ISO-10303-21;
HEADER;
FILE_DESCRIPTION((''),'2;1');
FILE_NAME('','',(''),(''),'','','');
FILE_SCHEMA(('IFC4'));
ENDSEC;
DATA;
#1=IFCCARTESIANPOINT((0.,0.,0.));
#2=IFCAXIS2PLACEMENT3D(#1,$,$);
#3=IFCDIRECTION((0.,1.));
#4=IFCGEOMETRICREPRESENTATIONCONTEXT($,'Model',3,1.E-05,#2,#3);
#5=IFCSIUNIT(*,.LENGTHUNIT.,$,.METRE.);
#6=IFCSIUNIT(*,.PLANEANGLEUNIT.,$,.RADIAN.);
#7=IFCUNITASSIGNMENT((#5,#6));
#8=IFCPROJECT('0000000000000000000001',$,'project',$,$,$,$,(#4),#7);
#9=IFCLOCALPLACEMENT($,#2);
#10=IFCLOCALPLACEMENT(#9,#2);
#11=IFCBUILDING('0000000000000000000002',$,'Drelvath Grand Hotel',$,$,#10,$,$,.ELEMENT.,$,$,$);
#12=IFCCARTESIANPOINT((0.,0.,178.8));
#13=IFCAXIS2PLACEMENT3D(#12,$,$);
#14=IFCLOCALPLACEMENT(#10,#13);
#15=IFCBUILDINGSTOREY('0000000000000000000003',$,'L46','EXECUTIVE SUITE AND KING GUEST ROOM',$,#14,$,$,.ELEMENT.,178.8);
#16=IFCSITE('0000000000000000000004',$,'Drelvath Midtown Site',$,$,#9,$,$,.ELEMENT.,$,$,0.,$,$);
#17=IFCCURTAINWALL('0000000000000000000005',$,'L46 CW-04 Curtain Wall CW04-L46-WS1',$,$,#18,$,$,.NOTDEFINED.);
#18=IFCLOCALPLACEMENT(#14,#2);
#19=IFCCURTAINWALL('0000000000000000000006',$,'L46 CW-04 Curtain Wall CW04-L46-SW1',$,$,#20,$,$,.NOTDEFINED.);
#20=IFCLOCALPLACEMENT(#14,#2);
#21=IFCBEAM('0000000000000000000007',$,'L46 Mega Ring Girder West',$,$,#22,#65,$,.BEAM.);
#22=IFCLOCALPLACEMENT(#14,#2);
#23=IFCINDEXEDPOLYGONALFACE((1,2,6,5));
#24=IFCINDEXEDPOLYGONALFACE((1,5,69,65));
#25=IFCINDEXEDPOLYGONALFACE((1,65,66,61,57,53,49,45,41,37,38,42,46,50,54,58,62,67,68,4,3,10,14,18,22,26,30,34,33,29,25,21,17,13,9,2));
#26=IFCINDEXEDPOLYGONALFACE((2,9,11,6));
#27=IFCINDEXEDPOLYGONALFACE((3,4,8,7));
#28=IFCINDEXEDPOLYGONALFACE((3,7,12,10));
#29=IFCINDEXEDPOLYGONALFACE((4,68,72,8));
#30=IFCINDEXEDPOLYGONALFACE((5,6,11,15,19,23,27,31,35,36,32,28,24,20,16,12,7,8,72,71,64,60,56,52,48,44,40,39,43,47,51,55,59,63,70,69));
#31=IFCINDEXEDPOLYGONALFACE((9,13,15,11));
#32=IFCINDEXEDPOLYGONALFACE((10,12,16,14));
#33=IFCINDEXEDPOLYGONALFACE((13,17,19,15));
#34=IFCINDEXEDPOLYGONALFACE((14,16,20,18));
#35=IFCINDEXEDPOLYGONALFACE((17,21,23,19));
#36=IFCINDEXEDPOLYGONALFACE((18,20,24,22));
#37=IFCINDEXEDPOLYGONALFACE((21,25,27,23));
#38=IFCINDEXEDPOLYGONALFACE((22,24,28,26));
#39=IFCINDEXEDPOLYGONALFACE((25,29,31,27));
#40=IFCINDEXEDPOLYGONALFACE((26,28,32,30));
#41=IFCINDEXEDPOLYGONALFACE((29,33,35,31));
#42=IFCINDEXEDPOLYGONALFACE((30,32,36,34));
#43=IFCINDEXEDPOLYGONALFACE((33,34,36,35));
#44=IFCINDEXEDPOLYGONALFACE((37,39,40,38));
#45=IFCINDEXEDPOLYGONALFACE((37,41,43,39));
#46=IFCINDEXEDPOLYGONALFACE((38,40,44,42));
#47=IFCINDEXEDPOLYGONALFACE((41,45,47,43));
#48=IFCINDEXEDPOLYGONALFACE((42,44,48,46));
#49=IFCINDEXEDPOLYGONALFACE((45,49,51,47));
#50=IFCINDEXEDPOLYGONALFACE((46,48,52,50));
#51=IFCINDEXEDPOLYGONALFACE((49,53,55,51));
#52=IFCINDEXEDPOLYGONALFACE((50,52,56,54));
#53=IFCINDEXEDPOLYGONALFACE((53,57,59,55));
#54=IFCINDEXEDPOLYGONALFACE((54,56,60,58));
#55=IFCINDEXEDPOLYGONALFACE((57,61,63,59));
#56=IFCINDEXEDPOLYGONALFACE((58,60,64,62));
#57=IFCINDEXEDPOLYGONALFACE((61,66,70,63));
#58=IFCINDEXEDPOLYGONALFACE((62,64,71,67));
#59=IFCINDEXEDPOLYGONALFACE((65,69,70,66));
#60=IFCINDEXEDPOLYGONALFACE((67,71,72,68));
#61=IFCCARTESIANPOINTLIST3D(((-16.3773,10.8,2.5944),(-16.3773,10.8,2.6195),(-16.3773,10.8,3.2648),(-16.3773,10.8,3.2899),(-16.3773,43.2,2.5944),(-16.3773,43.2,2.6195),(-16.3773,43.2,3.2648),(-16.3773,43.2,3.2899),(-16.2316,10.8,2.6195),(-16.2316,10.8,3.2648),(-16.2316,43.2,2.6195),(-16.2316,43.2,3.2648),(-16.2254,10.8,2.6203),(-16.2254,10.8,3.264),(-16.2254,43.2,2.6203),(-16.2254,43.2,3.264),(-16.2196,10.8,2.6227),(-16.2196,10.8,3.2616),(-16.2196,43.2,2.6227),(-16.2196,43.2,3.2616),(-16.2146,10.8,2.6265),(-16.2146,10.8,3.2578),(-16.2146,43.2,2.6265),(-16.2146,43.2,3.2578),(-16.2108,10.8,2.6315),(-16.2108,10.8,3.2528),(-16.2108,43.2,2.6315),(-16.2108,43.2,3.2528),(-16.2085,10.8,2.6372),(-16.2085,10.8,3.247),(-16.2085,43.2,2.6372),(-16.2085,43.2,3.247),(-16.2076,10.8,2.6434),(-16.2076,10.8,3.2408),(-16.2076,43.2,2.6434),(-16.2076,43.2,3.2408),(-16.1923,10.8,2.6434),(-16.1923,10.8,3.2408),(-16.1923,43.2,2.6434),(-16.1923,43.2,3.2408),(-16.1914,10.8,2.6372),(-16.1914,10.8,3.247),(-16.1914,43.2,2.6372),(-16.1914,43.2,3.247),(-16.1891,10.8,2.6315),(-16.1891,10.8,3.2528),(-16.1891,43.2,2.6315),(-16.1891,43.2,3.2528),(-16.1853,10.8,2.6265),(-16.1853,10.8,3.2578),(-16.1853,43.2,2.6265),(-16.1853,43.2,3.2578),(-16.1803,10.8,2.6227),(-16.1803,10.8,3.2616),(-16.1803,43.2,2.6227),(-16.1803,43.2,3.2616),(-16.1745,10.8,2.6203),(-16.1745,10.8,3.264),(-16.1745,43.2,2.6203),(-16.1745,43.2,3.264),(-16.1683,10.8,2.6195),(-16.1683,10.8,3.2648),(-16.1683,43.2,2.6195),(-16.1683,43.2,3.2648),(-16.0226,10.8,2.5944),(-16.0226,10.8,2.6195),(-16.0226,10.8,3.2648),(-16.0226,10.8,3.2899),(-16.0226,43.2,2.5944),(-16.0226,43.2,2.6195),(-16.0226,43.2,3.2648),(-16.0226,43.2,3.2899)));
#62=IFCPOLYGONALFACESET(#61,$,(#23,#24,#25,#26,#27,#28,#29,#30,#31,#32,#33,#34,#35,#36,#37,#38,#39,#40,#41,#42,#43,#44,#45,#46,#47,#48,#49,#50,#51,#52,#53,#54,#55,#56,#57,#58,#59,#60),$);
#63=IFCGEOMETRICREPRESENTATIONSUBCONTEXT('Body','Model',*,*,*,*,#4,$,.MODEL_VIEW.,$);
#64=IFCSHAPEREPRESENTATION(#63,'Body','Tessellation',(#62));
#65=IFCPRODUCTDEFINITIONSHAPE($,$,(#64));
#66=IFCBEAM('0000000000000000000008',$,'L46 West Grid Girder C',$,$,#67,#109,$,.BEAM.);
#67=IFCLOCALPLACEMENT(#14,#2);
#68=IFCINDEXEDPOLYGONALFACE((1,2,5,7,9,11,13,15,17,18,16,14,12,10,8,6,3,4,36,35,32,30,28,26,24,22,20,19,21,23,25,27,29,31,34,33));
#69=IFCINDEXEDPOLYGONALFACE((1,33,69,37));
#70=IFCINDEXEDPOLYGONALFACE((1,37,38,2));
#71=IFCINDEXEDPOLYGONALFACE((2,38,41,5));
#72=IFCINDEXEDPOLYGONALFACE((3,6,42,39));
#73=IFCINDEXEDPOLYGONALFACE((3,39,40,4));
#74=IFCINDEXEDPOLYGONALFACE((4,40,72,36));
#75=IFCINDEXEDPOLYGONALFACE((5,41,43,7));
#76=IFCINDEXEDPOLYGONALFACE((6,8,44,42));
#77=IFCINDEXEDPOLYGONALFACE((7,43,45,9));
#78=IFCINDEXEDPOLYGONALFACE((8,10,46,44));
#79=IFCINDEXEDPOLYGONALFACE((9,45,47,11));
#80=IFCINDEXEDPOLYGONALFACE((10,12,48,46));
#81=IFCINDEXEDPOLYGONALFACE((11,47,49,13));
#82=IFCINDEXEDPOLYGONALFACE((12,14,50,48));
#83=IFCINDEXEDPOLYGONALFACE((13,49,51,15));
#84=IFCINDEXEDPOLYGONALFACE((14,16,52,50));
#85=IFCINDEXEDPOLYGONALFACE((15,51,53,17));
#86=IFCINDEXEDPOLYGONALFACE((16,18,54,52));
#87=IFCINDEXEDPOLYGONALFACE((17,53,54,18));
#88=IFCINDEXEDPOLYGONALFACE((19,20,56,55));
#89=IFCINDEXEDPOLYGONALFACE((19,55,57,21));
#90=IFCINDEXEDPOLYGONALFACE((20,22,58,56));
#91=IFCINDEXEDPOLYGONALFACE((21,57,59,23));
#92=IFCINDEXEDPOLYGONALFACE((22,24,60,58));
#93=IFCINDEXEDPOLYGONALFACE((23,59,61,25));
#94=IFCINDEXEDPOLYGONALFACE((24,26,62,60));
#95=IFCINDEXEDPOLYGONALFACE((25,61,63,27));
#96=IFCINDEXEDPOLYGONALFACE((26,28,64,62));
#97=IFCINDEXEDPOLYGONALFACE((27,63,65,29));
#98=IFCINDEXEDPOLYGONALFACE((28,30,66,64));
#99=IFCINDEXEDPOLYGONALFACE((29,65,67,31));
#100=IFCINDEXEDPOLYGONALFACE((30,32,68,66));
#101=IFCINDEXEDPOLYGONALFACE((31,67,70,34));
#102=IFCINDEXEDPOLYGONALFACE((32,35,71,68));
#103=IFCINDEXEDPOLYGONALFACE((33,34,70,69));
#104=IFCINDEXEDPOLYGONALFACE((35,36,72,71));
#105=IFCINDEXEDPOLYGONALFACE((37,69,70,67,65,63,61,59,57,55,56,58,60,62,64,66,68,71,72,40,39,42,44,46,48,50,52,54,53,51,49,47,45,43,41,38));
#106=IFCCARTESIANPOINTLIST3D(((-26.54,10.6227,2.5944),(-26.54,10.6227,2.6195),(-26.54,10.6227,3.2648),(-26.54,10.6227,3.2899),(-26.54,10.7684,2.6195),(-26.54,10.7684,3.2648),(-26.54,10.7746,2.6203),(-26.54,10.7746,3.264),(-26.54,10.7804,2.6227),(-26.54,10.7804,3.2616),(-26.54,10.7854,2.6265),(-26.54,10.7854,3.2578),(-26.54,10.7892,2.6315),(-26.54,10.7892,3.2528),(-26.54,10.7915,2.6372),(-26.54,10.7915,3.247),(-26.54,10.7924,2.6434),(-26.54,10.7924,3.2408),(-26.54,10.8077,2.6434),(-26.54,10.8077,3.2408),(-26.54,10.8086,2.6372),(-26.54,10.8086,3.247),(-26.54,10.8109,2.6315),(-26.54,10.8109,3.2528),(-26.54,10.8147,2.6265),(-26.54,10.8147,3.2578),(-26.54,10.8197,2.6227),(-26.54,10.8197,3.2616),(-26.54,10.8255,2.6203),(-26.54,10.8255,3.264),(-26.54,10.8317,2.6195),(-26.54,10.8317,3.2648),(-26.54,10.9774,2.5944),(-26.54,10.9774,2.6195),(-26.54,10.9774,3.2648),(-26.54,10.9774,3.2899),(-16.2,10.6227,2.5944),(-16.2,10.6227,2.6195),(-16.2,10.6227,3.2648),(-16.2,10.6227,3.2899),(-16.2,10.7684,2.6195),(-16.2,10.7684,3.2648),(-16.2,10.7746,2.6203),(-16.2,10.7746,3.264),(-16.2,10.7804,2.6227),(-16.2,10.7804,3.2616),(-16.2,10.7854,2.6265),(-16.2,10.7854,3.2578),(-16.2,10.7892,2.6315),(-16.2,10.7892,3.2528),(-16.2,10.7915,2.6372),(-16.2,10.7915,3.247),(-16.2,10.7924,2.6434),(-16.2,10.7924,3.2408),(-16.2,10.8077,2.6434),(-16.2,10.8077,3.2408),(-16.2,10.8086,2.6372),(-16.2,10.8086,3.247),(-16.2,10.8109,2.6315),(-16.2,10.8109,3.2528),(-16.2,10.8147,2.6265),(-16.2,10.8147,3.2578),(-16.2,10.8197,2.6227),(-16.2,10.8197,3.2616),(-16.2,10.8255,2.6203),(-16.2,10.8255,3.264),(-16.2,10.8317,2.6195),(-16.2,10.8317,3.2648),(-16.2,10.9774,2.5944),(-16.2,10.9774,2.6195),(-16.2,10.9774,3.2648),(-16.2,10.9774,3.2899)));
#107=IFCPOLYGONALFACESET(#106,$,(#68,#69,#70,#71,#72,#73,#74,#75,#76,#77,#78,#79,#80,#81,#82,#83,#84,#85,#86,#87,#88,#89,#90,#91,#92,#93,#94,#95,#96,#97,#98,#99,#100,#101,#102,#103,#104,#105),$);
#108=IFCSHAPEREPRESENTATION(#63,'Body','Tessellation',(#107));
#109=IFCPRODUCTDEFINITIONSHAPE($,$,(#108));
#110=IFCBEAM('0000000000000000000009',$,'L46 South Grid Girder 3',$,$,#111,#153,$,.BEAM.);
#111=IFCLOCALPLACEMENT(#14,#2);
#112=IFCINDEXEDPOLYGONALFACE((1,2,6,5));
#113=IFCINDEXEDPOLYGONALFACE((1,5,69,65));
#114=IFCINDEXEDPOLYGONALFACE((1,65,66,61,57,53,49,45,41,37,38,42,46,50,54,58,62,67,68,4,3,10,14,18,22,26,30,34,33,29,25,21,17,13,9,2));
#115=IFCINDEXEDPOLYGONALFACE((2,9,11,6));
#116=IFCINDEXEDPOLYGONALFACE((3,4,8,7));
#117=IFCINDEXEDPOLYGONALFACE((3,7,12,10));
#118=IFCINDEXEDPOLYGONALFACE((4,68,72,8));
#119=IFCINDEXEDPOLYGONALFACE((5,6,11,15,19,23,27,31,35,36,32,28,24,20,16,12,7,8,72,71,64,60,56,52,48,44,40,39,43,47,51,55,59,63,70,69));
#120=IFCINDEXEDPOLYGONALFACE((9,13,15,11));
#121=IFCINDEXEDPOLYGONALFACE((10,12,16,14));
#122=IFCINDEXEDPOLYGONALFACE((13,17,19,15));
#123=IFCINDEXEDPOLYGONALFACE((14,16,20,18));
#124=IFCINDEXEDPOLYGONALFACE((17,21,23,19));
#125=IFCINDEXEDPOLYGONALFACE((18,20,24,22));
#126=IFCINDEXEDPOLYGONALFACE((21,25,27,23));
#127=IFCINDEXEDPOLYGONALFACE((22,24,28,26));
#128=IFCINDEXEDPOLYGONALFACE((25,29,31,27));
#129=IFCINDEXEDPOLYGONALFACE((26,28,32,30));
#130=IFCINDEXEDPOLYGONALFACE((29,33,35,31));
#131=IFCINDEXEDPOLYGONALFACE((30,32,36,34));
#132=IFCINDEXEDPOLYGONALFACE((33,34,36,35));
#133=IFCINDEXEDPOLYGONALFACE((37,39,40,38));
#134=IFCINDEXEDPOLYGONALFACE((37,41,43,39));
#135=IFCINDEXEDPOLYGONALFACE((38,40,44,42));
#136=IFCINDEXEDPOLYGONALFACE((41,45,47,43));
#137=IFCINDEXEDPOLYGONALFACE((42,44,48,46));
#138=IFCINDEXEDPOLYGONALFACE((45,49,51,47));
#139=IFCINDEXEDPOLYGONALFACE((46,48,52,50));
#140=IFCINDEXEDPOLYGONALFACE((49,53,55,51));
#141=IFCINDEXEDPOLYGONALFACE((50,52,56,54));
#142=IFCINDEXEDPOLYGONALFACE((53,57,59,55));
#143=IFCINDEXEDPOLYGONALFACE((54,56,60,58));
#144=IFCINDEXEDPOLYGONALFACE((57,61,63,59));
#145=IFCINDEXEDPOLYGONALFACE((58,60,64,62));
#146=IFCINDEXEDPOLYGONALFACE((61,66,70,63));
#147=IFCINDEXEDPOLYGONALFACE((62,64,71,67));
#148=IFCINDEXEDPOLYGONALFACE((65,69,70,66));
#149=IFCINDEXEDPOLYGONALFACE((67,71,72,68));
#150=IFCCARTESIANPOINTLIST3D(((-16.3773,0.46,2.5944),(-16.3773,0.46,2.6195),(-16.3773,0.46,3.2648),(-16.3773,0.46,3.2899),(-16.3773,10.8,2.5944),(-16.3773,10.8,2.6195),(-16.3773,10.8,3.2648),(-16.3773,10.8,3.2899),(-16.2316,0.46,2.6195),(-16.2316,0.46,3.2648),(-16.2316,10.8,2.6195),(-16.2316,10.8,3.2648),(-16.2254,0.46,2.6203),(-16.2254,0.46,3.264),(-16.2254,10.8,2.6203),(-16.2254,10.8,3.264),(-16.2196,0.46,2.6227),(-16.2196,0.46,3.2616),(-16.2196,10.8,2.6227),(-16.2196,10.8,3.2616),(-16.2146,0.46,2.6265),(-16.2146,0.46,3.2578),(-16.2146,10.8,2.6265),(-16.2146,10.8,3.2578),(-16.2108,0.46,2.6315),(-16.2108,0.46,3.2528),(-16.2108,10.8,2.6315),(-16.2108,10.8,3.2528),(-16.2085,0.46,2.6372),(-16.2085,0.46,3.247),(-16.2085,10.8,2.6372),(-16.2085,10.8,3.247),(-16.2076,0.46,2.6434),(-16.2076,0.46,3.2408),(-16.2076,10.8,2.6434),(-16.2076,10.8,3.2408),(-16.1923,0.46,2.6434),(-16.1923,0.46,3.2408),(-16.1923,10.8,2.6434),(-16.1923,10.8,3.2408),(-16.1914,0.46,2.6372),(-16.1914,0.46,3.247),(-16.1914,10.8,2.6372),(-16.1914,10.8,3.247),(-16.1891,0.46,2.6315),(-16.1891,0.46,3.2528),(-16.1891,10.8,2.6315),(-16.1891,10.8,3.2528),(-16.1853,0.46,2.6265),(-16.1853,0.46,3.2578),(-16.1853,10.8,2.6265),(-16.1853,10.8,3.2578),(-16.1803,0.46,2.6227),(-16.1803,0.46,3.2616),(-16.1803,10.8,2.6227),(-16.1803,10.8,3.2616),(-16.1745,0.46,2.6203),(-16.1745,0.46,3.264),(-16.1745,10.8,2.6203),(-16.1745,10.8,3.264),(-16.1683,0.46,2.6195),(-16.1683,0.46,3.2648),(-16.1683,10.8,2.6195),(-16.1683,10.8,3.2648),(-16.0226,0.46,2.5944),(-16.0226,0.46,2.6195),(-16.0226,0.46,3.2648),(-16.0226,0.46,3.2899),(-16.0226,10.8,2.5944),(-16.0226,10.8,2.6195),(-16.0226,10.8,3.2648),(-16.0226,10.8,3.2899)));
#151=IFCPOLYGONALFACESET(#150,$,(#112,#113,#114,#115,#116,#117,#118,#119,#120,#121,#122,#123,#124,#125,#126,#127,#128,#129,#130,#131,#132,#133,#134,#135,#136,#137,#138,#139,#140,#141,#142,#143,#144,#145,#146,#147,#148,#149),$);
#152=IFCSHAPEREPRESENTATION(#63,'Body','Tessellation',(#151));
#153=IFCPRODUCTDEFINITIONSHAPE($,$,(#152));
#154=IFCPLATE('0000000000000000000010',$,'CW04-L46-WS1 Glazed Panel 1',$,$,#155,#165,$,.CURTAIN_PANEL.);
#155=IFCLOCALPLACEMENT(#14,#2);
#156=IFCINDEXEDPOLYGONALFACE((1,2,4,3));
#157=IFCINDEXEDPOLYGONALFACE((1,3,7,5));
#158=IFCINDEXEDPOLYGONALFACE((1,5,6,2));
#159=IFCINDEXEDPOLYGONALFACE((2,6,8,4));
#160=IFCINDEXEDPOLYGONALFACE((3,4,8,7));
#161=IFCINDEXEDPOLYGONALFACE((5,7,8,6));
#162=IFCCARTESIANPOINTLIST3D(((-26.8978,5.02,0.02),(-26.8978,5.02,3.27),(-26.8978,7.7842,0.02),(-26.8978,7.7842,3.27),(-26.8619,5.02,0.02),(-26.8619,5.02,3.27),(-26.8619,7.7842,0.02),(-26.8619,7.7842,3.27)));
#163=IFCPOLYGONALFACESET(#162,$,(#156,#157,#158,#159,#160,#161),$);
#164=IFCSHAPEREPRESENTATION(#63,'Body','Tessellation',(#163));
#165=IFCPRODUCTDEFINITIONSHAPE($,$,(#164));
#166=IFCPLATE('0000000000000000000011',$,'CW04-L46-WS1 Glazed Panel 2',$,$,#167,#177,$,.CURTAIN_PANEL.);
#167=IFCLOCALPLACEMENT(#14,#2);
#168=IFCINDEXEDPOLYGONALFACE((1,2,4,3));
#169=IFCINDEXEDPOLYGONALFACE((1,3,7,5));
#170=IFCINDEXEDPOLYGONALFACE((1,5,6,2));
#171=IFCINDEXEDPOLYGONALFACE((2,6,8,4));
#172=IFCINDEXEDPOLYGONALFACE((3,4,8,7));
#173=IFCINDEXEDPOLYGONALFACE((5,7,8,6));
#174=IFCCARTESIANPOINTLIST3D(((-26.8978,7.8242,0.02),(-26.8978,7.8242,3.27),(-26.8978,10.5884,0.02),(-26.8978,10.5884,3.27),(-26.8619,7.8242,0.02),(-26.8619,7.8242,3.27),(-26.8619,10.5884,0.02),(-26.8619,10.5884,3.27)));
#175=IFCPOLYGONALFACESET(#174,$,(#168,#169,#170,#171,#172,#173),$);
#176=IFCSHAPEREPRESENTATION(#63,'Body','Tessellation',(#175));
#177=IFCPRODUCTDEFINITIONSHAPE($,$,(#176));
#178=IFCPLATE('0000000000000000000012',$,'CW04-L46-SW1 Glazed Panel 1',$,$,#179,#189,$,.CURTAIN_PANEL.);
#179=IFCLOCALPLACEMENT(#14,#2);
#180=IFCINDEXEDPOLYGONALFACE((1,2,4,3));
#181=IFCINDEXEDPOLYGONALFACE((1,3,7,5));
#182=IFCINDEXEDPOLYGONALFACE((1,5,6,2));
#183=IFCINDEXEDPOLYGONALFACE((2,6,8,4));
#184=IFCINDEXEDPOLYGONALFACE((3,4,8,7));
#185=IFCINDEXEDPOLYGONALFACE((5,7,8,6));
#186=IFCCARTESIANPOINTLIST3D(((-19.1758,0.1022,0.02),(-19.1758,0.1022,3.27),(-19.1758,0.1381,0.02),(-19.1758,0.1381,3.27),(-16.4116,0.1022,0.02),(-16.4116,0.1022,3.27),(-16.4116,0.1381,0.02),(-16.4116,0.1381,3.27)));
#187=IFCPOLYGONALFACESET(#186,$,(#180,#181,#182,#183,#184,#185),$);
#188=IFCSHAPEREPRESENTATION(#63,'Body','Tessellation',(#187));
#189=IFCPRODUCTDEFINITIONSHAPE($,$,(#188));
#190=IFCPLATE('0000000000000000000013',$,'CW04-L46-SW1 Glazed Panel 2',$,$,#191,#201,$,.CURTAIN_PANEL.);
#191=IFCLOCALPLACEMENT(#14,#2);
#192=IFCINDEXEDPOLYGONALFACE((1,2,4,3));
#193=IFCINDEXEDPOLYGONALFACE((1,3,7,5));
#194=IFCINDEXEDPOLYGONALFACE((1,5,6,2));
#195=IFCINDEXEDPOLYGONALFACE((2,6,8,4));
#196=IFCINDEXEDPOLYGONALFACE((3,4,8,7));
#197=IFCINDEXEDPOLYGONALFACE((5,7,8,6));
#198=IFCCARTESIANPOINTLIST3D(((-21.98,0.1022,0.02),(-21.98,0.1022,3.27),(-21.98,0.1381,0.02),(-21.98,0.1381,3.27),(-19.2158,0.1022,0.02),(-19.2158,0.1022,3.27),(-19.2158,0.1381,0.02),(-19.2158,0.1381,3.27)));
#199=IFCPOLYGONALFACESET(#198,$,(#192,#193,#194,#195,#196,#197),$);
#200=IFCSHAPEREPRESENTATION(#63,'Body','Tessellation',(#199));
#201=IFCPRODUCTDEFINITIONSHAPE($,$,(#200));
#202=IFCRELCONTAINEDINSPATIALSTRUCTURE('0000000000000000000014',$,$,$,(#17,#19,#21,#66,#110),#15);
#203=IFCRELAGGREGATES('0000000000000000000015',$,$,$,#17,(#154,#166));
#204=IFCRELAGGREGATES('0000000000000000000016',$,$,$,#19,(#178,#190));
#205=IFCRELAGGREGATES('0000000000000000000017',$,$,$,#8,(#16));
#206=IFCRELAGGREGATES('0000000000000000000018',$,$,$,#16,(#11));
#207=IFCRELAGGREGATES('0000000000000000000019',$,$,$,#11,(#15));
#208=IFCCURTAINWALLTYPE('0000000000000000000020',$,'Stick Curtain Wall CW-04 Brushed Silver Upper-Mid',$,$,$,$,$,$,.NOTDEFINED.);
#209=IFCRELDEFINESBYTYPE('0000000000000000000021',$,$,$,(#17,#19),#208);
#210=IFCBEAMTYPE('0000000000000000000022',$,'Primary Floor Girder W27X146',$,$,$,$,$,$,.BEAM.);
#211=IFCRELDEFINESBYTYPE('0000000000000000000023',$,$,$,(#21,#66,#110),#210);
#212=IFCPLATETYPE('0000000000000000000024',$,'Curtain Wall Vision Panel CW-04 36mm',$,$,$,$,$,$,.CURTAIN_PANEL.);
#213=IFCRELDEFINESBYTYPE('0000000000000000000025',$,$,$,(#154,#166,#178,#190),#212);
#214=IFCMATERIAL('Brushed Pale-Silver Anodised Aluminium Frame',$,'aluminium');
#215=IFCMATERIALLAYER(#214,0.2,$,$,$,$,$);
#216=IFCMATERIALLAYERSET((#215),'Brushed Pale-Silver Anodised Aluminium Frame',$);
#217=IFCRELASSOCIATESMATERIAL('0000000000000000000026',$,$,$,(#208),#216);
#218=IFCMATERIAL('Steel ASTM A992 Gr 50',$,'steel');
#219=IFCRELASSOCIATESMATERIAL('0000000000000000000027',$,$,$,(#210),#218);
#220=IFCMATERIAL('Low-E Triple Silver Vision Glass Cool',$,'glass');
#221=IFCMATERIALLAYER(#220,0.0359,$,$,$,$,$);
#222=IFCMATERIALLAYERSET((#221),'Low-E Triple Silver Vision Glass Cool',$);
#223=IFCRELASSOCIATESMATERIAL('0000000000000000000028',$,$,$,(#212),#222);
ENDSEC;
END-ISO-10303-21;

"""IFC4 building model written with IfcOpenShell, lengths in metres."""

from ifc_helpers import new_model, si_unit, direction, frame, origin, origin_2d, place, context, subcontext, project, spatial, rectangle, i_section, extrude, material, layer, layer_set, material_profile, profile_set, type_object, element, aggregate, save


model = new_model("IFC4")

# Units and contexts
model_context = context("Model", 3, precision=1e-05, world=origin(), true_north=direction((0.0, 1.0)))
body_context = subcontext(model_context, "Body", "Model", "MODEL_VIEW")
ifc_project = project(units=[si_unit("LENGTHUNIT", "METRE"), si_unit("PLANEANGLEUNIT", "RADIAN")], contexts=[model_context])

# Site, building, storey
site_placement = place(None, origin())
site = spatial("IfcSite", under=ifc_project, at=site_placement, Name="Drelvath Midtown Site", CompositionType="ELEMENT", RefElevation=0.0)
building_placement = place(site_placement, origin())
building = spatial("IfcBuilding", under=site, at=building_placement, Name="Drelvath Grand Hotel", CompositionType="ELEMENT")
storey_placement = place(building_placement, frame((0.0, 0.0, 178.8)))
storey = spatial("IfcBuildingStorey", under=building, at=storey_placement, Name="L46", Description="EXECUTIVE SUITE AND KING GUEST ROOM", CompositionType="ELEMENT", Elevation=178.8)

# Curtain walls
ifc_material_1 = material(Name="Brushed Pale-Silver Anodised Aluminium Frame", Category="aluminium")
ifc_layer_1 = layer(ifc_material_1, 0.2)
ifc_layer_set_1 = layer_set([ifc_layer_1], Name="Brushed Pale-Silver Anodised Aluminium Frame")
curtain_wall_type = type_object("IfcCurtainWallType", Name="Stick Curtain Wall CW-04 Brushed Silver Upper-Mid", PredefinedType="NOTDEFINED", material=ifc_layer_set_1)
curtain_wall_1_placement = place(storey_placement, origin())
curtain_wall_1 = element("IfcCurtainWall", 1, at=curtain_wall_1_placement, inside=storey, type_object=curtain_wall_type, Name="L46 CW-04 Curtain Wall CW04-L46-WS1", PredefinedType="NOTDEFINED")
curtain_wall_2_placement = place(storey_placement, origin())
curtain_wall_2 = element("IfcCurtainWall", 2, at=curtain_wall_2_placement, inside=storey, type_object=curtain_wall_type, Name="L46 CW-04 Curtain Wall CW04-L46-SW1", PredefinedType="NOTDEFINED")

# Beams
ifc_material_2 = material(Name="Steel ASTM A992 Gr 50", Category="steel")
ifc_material_profile_1 = material_profile(ifc_material_2, i_section(OverallWidth=0.3547, OverallDepth=0.6956, WebThickness=0.0154, FlangeThickness=0.0251, FilletRadius=0.0239, at=origin_2d()), Name="W27X146")
ifc_profile_set_1 = profile_set([ifc_material_profile_1], Name="Steel ASTM A992 Gr 50")
beam_type_1 = type_object("IfcBeamType", Name="Primary Floor Girder W27X146", PredefinedType="BEAM", material=ifc_profile_set_1)
for number, where, z_axis, x_axis, name in (
    (3, (-16.2, 10.8, 2.9421), (0.0, 1.0, 0.0), (-1.0, 0.0, 0.0), "L46 Mega Ring Girder West"),
):
    element("IfcBeam", number, at=place(storey_placement, frame(where, z_axis=z_axis, x_axis=x_axis)), inside=storey, type_object=beam_type_1, Name=name, PredefinedType="BEAM", context=body_context, shape_type="SweptSolid", body=[
        extrude(i_section(OverallWidth=0.3547, OverallDepth=0.6956, WebThickness=0.0154, FlangeThickness=0.0251, FilletRadius=0.0239, at=origin_2d()), origin(), (0.0, 0.0, 1.0), 32.3999),
    ])
for number, where, z_axis, x_axis, name in (
    (4, (-26.54, 10.8, 2.9421), (1.0, 0.0, 0.0), (0.0, 1.0, 0.0), "L46 West Grid Girder C"),
    (5, (-16.2, 0.46, 2.9421), (0.0, 1.0, 0.0), (-1.0, 0.0, 0.0), "L46 South Grid Girder 3"),
):
    element("IfcBeam", number, at=place(storey_placement, frame(where, z_axis=z_axis, x_axis=x_axis)), inside=storey, type_object=beam_type_1, Name=name, PredefinedType="BEAM", context=body_context, shape_type="SweptSolid", body=[
        extrude(i_section(OverallWidth=0.3547, OverallDepth=0.6956, WebThickness=0.0154, FlangeThickness=0.0251, FilletRadius=0.0239, at=origin_2d()), origin(), (0.0, 0.0, 1.0), 10.3401),
    ])

# Plates
ifc_material_3 = material(Name="Low-E Triple Silver Vision Glass Cool", Category="glass")
ifc_layer_2 = layer(ifc_material_3, 0.0359)
ifc_layer_set_2 = layer_set([ifc_layer_2], Name="Low-E Triple Silver Vision Glass Cool")
plate_type = type_object("IfcPlateType", Name="Curtain Wall Vision Panel CW-04 36mm", PredefinedType="CURTAIN_PANEL", material=ifc_layer_set_2)
plate_1_placement = place(storey_placement, frame((-26.8799, 6.4021, 0.02), z_axis=(0.0, 0.0, 1.0), x_axis=(0.0, 1.0, 0.0)))
plate_1 = element("IfcPlate", 6, at=plate_1_placement, type_object=plate_type, Name="CW04-L46-WS1 Glazed Panel 1", PredefinedType="CURTAIN_PANEL", context=body_context, shape_type="SweptSolid", body=[
    extrude(rectangle(XDim=2.7642, YDim=0.0359, at=origin_2d()), origin(), (0.0, 0.0, 1.0), 3.25),
])
plate_2_placement = place(storey_placement, frame((-26.8799, 9.2063, 0.02), z_axis=(0.0, 0.0, 1.0), x_axis=(0.0, 1.0, 0.0)))
plate_2 = element("IfcPlate", 7, at=plate_2_placement, type_object=plate_type, Name="CW04-L46-WS1 Glazed Panel 2", PredefinedType="CURTAIN_PANEL", context=body_context, shape_type="SweptSolid", body=[
    extrude(rectangle(XDim=2.7642, YDim=0.0359, at=origin_2d()), origin(), (0.0, 0.0, 1.0), 3.25),
])
aggregate(curtain_wall_1, [plate_1, plate_2])
plate_3_placement = place(storey_placement, frame((-17.7937, 0.1201, 0.02), z_axis=(0.0, 0.0, 1.0), x_axis=(-1.0, 0.0, 0.0)))
plate_3 = element("IfcPlate", 8, at=plate_3_placement, type_object=plate_type, Name="CW04-L46-SW1 Glazed Panel 1", PredefinedType="CURTAIN_PANEL", context=body_context, shape_type="SweptSolid", body=[
    extrude(rectangle(XDim=2.7642, YDim=0.0359, at=origin_2d()), origin(), (0.0, 0.0, 1.0), 3.25),
])
plate_4_placement = place(storey_placement, frame((-20.5979, 0.1201, 0.02), z_axis=(0.0, 0.0, 1.0), x_axis=(-1.0, 0.0, 0.0)))
plate_4 = element("IfcPlate", 9, at=plate_4_placement, type_object=plate_type, Name="CW04-L46-SW1 Glazed Panel 2", PredefinedType="CURTAIN_PANEL", context=body_context, shape_type="SweptSolid", body=[
    extrude(rectangle(XDim=2.7642, YDim=0.0359, at=origin_2d()), origin(), (0.0, 0.0, 1.0), 3.25),
])
aggregate(curtain_wall_2, [plate_3, plate_4])

save(model, "model.ifc")
